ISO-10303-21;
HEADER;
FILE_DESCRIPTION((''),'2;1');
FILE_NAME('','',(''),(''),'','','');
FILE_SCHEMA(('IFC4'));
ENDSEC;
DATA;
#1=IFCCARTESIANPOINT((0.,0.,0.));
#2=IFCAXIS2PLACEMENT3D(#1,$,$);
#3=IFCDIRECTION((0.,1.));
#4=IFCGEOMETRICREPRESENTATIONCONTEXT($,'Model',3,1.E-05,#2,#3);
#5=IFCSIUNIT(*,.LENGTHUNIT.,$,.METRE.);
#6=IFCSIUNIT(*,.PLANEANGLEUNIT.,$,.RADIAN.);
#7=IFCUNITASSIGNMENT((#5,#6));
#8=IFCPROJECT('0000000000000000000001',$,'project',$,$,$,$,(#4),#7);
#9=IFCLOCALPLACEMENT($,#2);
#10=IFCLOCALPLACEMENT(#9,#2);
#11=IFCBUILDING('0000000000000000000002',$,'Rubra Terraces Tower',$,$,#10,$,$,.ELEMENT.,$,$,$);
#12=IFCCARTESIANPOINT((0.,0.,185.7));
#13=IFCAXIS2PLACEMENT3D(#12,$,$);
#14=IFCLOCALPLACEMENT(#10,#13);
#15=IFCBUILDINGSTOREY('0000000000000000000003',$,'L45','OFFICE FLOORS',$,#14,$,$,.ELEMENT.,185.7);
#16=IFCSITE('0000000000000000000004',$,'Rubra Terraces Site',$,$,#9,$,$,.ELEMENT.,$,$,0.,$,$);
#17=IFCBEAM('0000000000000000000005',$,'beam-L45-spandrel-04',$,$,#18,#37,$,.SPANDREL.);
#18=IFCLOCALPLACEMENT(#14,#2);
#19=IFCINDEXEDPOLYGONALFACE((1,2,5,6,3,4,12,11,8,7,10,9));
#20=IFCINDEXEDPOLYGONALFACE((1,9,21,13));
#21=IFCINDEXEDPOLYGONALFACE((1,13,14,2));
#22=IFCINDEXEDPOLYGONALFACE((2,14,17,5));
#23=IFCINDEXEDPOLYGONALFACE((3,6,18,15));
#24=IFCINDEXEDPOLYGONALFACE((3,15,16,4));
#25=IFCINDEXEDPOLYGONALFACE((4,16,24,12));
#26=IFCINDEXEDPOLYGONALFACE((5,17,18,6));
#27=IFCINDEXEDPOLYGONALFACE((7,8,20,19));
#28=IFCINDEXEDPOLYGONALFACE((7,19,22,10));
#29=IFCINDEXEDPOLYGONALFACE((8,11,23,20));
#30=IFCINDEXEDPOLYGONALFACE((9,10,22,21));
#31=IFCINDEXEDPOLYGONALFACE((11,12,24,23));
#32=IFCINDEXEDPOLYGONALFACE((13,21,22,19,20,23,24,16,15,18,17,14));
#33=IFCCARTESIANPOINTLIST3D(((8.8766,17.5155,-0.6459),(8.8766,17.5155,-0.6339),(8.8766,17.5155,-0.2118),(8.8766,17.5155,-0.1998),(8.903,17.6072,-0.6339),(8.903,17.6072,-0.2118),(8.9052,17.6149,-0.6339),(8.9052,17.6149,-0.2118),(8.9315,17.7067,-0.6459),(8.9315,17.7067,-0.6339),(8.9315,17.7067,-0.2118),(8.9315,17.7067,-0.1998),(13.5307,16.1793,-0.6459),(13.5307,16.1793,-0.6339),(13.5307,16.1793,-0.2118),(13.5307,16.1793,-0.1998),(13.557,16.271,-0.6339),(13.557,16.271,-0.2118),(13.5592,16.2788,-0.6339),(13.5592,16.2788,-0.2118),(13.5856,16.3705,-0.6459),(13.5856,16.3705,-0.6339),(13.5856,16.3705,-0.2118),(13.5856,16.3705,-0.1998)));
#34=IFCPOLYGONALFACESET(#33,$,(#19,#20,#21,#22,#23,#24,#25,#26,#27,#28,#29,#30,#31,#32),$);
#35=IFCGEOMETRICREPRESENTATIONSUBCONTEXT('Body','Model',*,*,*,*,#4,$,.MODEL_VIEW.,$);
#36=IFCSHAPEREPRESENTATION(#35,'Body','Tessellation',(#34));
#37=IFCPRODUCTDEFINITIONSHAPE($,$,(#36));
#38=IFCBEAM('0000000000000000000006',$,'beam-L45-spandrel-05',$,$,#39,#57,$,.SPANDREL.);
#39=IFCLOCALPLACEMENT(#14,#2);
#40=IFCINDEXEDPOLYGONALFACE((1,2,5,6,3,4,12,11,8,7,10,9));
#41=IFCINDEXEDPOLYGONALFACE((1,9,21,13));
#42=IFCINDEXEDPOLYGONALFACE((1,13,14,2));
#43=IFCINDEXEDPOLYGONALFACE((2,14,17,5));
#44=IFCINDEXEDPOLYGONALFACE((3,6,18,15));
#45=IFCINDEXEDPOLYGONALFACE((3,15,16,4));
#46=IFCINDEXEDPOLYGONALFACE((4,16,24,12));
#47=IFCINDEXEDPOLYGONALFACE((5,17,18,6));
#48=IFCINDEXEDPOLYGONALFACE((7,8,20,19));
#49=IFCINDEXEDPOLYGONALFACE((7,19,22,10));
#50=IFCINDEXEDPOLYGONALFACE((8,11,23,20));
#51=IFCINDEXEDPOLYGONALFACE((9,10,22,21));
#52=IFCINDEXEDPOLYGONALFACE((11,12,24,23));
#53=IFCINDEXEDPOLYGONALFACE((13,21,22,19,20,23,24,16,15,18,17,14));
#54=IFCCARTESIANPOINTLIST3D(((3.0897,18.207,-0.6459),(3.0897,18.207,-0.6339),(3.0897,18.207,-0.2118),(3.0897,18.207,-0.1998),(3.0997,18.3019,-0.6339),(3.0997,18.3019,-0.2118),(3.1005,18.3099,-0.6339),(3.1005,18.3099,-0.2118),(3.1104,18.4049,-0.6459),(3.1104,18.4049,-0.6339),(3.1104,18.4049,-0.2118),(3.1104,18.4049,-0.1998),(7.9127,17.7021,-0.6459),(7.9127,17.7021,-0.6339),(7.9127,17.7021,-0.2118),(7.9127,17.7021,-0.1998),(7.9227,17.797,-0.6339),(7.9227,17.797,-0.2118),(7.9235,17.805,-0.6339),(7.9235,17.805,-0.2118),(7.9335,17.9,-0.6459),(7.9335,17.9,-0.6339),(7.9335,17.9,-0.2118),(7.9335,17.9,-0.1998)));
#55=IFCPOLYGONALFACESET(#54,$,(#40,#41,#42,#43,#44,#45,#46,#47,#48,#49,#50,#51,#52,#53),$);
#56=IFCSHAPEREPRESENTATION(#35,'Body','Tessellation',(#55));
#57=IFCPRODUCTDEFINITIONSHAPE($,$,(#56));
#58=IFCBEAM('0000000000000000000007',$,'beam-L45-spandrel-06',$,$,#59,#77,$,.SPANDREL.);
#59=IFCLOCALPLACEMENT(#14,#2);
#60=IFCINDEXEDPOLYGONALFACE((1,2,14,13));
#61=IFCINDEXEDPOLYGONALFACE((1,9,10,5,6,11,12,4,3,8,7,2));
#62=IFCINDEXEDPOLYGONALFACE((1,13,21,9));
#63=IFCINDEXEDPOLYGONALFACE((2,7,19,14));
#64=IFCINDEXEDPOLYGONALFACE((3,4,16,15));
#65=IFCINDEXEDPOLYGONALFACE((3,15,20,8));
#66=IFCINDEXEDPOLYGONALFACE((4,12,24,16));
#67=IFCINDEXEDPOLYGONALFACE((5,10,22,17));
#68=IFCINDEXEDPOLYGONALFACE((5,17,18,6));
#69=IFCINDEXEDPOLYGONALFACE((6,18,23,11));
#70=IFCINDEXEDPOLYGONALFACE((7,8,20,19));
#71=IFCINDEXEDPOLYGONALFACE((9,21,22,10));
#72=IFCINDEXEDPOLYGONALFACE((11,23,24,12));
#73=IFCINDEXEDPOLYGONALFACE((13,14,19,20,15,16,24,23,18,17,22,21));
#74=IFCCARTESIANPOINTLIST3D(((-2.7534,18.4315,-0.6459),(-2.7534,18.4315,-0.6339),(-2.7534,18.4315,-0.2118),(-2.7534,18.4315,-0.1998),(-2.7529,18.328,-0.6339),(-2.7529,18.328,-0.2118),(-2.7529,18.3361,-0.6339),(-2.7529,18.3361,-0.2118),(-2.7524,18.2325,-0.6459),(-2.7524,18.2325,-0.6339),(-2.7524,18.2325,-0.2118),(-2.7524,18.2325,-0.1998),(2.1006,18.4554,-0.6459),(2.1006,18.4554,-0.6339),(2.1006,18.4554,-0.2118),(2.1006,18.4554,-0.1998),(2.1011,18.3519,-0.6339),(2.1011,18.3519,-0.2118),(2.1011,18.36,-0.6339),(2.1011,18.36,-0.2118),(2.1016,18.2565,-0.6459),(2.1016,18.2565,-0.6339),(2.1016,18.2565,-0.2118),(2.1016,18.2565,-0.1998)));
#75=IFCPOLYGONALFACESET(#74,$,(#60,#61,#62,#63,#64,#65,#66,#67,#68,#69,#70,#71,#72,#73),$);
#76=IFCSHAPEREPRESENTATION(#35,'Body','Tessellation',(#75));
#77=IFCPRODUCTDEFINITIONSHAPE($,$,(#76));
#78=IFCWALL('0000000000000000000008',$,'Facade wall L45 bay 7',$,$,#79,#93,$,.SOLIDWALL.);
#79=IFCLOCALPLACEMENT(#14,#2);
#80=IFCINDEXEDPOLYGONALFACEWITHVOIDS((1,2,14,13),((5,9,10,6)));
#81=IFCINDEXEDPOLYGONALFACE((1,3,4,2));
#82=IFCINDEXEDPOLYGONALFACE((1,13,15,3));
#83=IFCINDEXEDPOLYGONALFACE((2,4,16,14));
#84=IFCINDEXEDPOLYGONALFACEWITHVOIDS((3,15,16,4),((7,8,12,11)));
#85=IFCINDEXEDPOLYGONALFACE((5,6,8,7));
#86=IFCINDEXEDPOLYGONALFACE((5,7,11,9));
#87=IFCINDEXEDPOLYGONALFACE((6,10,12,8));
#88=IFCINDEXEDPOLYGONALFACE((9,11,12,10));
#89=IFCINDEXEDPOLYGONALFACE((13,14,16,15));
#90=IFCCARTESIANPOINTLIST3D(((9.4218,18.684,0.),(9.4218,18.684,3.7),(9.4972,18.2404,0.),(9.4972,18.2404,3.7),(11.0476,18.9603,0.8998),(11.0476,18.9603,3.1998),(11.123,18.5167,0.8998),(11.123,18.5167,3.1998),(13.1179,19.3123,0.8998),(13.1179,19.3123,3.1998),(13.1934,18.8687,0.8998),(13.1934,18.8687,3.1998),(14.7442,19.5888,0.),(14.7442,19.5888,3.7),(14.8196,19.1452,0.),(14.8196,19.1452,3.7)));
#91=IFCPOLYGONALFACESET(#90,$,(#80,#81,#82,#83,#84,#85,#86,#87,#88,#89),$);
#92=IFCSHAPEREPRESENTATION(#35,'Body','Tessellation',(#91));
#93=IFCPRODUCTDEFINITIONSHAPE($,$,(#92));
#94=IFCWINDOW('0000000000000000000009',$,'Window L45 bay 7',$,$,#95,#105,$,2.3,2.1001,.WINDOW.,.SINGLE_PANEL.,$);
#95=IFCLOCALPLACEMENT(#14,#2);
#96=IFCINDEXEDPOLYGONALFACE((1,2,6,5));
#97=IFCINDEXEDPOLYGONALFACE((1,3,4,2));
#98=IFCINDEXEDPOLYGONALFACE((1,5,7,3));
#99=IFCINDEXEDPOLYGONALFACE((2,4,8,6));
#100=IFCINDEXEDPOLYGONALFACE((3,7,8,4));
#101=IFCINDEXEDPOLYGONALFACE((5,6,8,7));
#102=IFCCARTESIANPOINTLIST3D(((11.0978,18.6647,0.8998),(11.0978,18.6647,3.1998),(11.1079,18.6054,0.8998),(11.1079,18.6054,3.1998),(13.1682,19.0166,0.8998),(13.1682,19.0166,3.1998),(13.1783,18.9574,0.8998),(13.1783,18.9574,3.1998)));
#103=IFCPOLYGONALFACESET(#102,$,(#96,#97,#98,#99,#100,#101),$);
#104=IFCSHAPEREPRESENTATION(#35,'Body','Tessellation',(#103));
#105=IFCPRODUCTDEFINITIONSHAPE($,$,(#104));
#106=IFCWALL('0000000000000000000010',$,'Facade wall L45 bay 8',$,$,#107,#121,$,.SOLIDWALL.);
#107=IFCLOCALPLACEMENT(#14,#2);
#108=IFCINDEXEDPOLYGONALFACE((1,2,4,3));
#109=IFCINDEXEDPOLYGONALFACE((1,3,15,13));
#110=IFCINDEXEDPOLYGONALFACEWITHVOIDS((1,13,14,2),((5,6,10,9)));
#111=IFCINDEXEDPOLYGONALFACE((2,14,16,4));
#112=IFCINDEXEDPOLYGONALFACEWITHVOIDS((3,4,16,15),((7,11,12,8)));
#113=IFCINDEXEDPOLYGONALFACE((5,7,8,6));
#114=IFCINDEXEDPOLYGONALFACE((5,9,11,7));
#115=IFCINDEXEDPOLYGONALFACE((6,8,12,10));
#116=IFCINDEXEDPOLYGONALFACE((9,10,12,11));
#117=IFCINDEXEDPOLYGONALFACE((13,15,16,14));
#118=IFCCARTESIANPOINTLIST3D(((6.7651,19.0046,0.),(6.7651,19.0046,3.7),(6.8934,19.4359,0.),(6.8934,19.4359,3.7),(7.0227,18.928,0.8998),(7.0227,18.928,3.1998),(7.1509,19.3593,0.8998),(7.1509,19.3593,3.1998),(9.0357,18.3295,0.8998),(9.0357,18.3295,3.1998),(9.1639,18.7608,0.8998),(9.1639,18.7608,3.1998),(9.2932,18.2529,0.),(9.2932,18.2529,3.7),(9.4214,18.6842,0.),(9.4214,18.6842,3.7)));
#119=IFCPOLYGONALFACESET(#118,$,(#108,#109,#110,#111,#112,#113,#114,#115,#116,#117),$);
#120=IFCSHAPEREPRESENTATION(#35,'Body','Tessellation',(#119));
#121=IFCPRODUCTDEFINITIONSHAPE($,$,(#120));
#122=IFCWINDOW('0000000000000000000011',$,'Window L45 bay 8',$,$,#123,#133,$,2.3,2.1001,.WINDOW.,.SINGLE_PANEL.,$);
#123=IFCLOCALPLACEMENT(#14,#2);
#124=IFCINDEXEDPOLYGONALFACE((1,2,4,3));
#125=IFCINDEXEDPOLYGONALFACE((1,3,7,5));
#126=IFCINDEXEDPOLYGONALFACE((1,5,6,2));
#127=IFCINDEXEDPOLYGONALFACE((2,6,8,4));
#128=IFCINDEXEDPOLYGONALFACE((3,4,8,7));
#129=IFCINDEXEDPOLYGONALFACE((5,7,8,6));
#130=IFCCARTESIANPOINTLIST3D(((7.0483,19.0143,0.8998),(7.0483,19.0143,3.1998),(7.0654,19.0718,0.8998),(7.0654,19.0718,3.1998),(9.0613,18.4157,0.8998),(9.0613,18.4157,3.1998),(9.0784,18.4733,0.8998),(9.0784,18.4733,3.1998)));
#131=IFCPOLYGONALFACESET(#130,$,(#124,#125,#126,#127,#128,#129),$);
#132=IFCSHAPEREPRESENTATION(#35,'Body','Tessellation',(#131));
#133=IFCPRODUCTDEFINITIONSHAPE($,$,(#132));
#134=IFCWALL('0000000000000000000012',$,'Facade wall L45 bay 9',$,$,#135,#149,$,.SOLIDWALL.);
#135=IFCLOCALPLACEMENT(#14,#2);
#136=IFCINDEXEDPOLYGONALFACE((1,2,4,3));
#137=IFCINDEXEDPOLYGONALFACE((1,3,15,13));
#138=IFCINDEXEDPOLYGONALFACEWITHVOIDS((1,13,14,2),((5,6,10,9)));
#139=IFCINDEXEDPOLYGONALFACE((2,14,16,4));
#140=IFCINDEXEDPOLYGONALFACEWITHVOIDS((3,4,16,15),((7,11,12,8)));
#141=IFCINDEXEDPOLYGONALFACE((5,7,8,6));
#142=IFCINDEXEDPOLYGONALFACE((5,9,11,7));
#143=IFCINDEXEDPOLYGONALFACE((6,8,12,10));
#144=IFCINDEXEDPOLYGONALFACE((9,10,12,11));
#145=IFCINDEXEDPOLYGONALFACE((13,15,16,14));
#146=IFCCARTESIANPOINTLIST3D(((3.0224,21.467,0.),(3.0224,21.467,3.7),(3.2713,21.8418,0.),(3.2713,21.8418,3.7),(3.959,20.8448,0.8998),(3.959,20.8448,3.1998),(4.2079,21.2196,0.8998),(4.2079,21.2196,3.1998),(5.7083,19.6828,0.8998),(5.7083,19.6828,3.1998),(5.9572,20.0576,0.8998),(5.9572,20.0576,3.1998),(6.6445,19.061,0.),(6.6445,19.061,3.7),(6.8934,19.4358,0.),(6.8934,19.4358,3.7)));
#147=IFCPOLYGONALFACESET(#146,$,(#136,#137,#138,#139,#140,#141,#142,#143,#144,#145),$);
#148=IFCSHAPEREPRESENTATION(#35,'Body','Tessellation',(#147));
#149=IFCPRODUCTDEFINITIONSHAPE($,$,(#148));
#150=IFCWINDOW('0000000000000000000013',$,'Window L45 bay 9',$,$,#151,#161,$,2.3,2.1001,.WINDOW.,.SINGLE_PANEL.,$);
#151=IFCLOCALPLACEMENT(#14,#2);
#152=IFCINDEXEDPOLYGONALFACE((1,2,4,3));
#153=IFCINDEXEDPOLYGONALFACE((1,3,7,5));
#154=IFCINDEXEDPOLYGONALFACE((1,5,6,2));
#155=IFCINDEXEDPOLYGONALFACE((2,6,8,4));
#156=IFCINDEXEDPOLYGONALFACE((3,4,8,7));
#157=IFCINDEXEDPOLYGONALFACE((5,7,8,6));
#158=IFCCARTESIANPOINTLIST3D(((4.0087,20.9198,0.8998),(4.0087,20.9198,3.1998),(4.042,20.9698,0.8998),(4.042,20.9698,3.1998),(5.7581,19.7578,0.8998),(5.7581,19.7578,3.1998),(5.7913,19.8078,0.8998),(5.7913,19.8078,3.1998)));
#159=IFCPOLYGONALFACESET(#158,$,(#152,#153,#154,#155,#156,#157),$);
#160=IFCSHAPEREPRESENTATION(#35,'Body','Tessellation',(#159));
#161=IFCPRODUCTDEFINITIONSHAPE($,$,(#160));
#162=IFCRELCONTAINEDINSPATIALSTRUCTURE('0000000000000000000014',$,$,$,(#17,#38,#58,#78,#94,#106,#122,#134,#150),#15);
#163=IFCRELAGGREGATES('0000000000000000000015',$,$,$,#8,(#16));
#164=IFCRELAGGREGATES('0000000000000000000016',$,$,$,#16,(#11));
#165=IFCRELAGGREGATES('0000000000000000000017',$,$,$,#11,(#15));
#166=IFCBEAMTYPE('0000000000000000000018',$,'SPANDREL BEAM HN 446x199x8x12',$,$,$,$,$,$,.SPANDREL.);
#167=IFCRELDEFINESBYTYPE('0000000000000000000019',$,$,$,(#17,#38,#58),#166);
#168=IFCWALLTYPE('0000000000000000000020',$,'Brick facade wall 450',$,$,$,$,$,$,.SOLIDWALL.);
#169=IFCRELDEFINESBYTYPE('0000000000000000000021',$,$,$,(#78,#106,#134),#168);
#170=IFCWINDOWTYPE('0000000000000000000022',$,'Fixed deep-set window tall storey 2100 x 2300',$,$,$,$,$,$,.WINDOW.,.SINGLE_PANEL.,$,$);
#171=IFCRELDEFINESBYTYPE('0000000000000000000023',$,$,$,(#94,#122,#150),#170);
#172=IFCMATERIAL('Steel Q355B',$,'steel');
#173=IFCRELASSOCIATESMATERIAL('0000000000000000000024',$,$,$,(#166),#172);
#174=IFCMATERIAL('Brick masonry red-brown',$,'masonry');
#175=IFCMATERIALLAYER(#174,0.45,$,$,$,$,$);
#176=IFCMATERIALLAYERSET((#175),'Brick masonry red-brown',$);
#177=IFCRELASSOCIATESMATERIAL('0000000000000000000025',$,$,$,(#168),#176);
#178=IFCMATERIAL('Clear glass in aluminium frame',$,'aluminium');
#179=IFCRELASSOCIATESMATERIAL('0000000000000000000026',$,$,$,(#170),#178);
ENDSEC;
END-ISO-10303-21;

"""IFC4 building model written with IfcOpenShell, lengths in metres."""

from ifc_helpers import new_model, si_unit, direction, frame, frame_2d, origin, origin_2d, place, context, subcontext, project, spatial, rectangle, i_section, extrude, material, layer, layer_set, material_profile, profile_set, type_object, element, fill, save


model = new_model("IFC4")

# Units and contexts
model_context = context("Model", 3, precision=1e-05, world=origin(), true_north=direction((0.0, 1.0)))
body_context = subcontext(model_context, "Body", "Model", "MODEL_VIEW")
ifc_project = project(units=[si_unit("LENGTHUNIT", "METRE"), si_unit("PLANEANGLEUNIT", "RADIAN")], contexts=[model_context])

# Site, building, storey
site_placement = place(None, origin())
site = spatial("IfcSite", under=ifc_project, at=site_placement, Name="Rubra Terraces Site", CompositionType="ELEMENT", RefElevation=0.0)
building_placement = place(site_placement, origin())
building = spatial("IfcBuilding", under=site, at=building_placement, Name="Rubra Terraces Tower", CompositionType="ELEMENT")
storey_placement = place(building_placement, frame((0.0, 0.0, 185.7)))
storey = spatial("IfcBuildingStorey", under=building, at=storey_placement, Name="L45", Description="OFFICE FLOORS", CompositionType="ELEMENT", Elevation=185.7)

# Beams
ifc_material_1 = material(Name="Steel Q355B", Category="steel")
ifc_material_profile_1 = material_profile(ifc_material_1, i_section(OverallWidth=0.199, OverallDepth=0.446, WebThickness=0.0081, FlangeThickness=0.012, at=origin_2d()), Name="HN 446x199x8x12")
ifc_profile_set_1 = profile_set([ifc_material_profile_1], Name="Steel Q355B")
beam_type_1 = type_object("IfcBeamType", Name="SPANDREL BEAM HN 446x199x8x12", PredefinedType="SPANDREL", material=ifc_profile_set_1)
beam_1_placement = place(storey_placement, frame((13.5581, 16.2749, -0.4229), z_axis=(-0.961171, 0.275953, 0.0), x_axis=(-0.275953, -0.961171, 0.0)))
element("IfcBeam", 1, at=beam_1_placement, inside=storey, type_object=beam_type_1, Name="beam-L45-spandrel-04", PredefinedType="SPANDREL", context=body_context, shape_type="SweptSolid", body=[
    extrude(i_section(OverallWidth=0.199, OverallDepth=0.446, WebThickness=0.0081, FlangeThickness=0.012, at=origin_2d()), origin(), (0.0, 0.0, 1.0), 4.842),
])
beam_2_placement = place(storey_placement, frame((7.9231, 17.801, -0.4229), z_axis=(-0.994565, 0.104113, 0.0), x_axis=(-0.104113, -0.994565, 0.0)))
element("IfcBeam", 2, at=beam_2_placement, inside=storey, type_object=beam_type_1, Name="beam-L45-spandrel-05", PredefinedType="SPANDREL", context=body_context, shape_type="SweptSolid", body=[
    extrude(i_section(OverallWidth=0.199, OverallDepth=0.446, WebThickness=0.0081, FlangeThickness=0.012, at=origin_2d()), origin(), (0.0, 0.0, 1.0), 4.8494),
])
beam_3_placement = place(storey_placement, frame((2.1011, 18.356, -0.4229), z_axis=(-0.999988, -0.004929, 0.0), x_axis=(0.004929, -0.999988, 0.0)))
element("IfcBeam", 3, at=beam_3_placement, inside=storey, type_object=beam_type_1, Name="beam-L45-spandrel-06", PredefinedType="SPANDREL", context=body_context, shape_type="SweptSolid", body=[
    extrude(i_section(OverallWidth=0.199, OverallDepth=0.446, WebThickness=0.0081, FlangeThickness=0.012, at=origin_2d()), origin(), (0.0, 0.0, 1.0), 4.854),
])

# Walls, openings, windows
ifc_material_2 = material(Name="Brick masonry red-brown", Category="masonry")
ifc_layer_1 = layer(ifc_material_2, 0.45)
ifc_layer_set_1 = layer_set([ifc_layer_1], Name="Brick masonry red-brown")
wall_type_1 = type_object("IfcWallType", Name="Brick facade wall 450", PredefinedType="SOLIDWALL", material=ifc_layer_set_1)
wall_1_placement = place(storey_placement, frame((14.7817, 19.3669, 0.0), z_axis=(0.0, 0.0, 1.0), x_axis=(-0.985856, -0.167595, 0.0)))
wall_1 = element("IfcWall", 4, at=wall_1_placement, inside=storey, type_object=wall_type_1, Name="Facade wall L45 bay 7", PredefinedType="SOLIDWALL", context=body_context, shape_type="SweptSolid", body=[
    extrude(rectangle(XDim=5.3987, YDim=0.45, at=frame_2d((2.6992, 0.0))), origin(), (0.0, 0.0, 1.0), 3.7),
])
opening_1_placement = place(wall_1_placement, frame((1.6494, 0.0, 0.8999)))
opening_1 = element("IfcOpeningElement", 5, at=opening_1_placement, cuts=wall_1, PredefinedType="OPENING", context=body_context, shape_type="SweptSolid", body=[
    extrude(rectangle(XDim=2.1001, YDim=2.3, at=frame_2d((1.05, 1.1499))), frame((0.0, 0.2349, 0.0), z_axis=(0.0, -1.0, 0.0), x_axis=(1.0, 0.0, 0.0)), (0.0, 0.0, 1.0), 0.47),
])
ifc_material_3 = material(Name="Clear glass in aluminium frame", Category="aluminium")
window_type_1 = type_object("IfcWindowType", Name="Fixed deep-set window tall storey 2100 x 2300", PartitioningType="SINGLE_PANEL", PredefinedType="WINDOW", material=ifc_material_3)
window_1_placement = place(opening_1_placement, origin())
window_1 = element("IfcWindow", 6, at=window_1_placement, inside=storey, type_object=window_type_1, Name="Window L45 bay 7", OverallHeight=2.3, OverallWidth=2.1001, PartitioningType="SINGLE_PANEL", PredefinedType="WINDOW", context=body_context, shape_type="SweptSolid", body=[
    extrude(rectangle(XDim=2.1001, YDim=2.3, at=frame_2d((1.05, 1.1499))), frame((0.0, 0.135, 0.0), z_axis=(0.0, -1.0, 0.0), x_axis=(1.0, 0.0, 0.0)), (0.0, 0.0, 1.0), 0.0601),
])
fill(opening_1, window_1)
wall_2_placement = place(storey_placement, frame((9.3574, 18.4685, 0.0), z_axis=(0.0, 0.0, 1.0), x_axis=(-0.958524, 0.285012, 0.0)))
wall_2 = element("IfcWall", 7, at=wall_2_placement, inside=storey, type_object=wall_type_1, Name="Facade wall L45 bay 8", PredefinedType="SOLIDWALL", context=body_context, shape_type="SweptSolid", body=[
    extrude(rectangle(XDim=2.6375, YDim=0.45, at=frame_2d((1.3188, 0.0))), origin(), (0.0, 0.0, 1.0), 3.7),
])
opening_2_placement = place(wall_2_placement, frame((0.2688, 0.0, 0.8999)))
opening_2 = element("IfcOpeningElement", 8, at=opening_2_placement, cuts=wall_2, PredefinedType="OPENING", context=body_context, shape_type="SweptSolid", body=[
    extrude(rectangle(XDim=2.1001, YDim=2.3, at=frame_2d((1.05, 1.1499))), frame((0.0, 0.2349, 0.0), z_axis=(0.0, -1.0, 0.0), x_axis=(1.0, 0.0, 0.0)), (0.0, 0.0, 1.0), 0.47),
])
window_2_placement = place(opening_2_placement, origin())
window_2 = element("IfcWindow", 9, at=window_2_placement, inside=storey, type_object=window_type_1, Name="Window L45 bay 8", OverallHeight=2.3, OverallWidth=2.1001, PartitioningType="SINGLE_PANEL", PredefinedType="WINDOW", context=body_context, shape_type="SweptSolid", body=[
    extrude(rectangle(XDim=2.1001, YDim=2.3, at=frame_2d((1.05, 1.1499))), frame((0.0, 0.135, 0.0), z_axis=(0.0, -1.0, 0.0), x_axis=(1.0, 0.0, 0.0)), (0.0, 0.0, 1.0), 0.0601),
])
fill(opening_2, window_2)
wall_3_placement = place(storey_placement, frame((6.769, 19.2483, 0.0), z_axis=(0.0, 0.0, 1.0), x_axis=(-0.832973, 0.553313, 0.0)))
wall_3 = element("IfcWall", 10, at=wall_3_placement, inside=storey, type_object=wall_type_1, Name="Facade wall L45 bay 9", PredefinedType="SOLIDWALL", context=body_context, shape_type="SweptSolid", body=[
    extrude(rectangle(XDim=4.3484, YDim=0.45, at=frame_2d((2.1743, 0.0))), origin(), (0.0, 0.0, 1.0), 3.7),
])
opening_3_placement = place(wall_3_placement, frame((1.124, 0.0, 0.8999)))
opening_3 = element("IfcOpeningElement", 11, at=opening_3_placement, cuts=wall_3, PredefinedType="OPENING", context=body_context, shape_type="SweptSolid", body=[
    extrude(rectangle(XDim=2.1001, YDim=2.3, at=frame_2d((1.05, 1.1499))), frame((0.0, 0.2349, 0.0), z_axis=(0.0, -1.0, 0.0), x_axis=(1.0, 0.0, 0.0)), (0.0, 0.0, 1.0), 0.47),
])
window_3_placement = place(opening_3_placement, origin())
window_3 = element("IfcWindow", 12, at=window_3_placement, inside=storey, type_object=window_type_1, Name="Window L45 bay 9", OverallHeight=2.3, OverallWidth=2.1001, PartitioningType="SINGLE_PANEL", PredefinedType="WINDOW", context=body_context, shape_type="SweptSolid", body=[
    extrude(rectangle(XDim=2.1001, YDim=2.3, at=frame_2d((1.05, 1.1499))), frame((0.0, 0.135, 0.0), z_axis=(0.0, -1.0, 0.0), x_axis=(1.0, 0.0, 0.0)), (0.0, 0.0, 1.0), 0.0601),
])
fill(opening_3, window_3)

save(model, "model.ifc")
